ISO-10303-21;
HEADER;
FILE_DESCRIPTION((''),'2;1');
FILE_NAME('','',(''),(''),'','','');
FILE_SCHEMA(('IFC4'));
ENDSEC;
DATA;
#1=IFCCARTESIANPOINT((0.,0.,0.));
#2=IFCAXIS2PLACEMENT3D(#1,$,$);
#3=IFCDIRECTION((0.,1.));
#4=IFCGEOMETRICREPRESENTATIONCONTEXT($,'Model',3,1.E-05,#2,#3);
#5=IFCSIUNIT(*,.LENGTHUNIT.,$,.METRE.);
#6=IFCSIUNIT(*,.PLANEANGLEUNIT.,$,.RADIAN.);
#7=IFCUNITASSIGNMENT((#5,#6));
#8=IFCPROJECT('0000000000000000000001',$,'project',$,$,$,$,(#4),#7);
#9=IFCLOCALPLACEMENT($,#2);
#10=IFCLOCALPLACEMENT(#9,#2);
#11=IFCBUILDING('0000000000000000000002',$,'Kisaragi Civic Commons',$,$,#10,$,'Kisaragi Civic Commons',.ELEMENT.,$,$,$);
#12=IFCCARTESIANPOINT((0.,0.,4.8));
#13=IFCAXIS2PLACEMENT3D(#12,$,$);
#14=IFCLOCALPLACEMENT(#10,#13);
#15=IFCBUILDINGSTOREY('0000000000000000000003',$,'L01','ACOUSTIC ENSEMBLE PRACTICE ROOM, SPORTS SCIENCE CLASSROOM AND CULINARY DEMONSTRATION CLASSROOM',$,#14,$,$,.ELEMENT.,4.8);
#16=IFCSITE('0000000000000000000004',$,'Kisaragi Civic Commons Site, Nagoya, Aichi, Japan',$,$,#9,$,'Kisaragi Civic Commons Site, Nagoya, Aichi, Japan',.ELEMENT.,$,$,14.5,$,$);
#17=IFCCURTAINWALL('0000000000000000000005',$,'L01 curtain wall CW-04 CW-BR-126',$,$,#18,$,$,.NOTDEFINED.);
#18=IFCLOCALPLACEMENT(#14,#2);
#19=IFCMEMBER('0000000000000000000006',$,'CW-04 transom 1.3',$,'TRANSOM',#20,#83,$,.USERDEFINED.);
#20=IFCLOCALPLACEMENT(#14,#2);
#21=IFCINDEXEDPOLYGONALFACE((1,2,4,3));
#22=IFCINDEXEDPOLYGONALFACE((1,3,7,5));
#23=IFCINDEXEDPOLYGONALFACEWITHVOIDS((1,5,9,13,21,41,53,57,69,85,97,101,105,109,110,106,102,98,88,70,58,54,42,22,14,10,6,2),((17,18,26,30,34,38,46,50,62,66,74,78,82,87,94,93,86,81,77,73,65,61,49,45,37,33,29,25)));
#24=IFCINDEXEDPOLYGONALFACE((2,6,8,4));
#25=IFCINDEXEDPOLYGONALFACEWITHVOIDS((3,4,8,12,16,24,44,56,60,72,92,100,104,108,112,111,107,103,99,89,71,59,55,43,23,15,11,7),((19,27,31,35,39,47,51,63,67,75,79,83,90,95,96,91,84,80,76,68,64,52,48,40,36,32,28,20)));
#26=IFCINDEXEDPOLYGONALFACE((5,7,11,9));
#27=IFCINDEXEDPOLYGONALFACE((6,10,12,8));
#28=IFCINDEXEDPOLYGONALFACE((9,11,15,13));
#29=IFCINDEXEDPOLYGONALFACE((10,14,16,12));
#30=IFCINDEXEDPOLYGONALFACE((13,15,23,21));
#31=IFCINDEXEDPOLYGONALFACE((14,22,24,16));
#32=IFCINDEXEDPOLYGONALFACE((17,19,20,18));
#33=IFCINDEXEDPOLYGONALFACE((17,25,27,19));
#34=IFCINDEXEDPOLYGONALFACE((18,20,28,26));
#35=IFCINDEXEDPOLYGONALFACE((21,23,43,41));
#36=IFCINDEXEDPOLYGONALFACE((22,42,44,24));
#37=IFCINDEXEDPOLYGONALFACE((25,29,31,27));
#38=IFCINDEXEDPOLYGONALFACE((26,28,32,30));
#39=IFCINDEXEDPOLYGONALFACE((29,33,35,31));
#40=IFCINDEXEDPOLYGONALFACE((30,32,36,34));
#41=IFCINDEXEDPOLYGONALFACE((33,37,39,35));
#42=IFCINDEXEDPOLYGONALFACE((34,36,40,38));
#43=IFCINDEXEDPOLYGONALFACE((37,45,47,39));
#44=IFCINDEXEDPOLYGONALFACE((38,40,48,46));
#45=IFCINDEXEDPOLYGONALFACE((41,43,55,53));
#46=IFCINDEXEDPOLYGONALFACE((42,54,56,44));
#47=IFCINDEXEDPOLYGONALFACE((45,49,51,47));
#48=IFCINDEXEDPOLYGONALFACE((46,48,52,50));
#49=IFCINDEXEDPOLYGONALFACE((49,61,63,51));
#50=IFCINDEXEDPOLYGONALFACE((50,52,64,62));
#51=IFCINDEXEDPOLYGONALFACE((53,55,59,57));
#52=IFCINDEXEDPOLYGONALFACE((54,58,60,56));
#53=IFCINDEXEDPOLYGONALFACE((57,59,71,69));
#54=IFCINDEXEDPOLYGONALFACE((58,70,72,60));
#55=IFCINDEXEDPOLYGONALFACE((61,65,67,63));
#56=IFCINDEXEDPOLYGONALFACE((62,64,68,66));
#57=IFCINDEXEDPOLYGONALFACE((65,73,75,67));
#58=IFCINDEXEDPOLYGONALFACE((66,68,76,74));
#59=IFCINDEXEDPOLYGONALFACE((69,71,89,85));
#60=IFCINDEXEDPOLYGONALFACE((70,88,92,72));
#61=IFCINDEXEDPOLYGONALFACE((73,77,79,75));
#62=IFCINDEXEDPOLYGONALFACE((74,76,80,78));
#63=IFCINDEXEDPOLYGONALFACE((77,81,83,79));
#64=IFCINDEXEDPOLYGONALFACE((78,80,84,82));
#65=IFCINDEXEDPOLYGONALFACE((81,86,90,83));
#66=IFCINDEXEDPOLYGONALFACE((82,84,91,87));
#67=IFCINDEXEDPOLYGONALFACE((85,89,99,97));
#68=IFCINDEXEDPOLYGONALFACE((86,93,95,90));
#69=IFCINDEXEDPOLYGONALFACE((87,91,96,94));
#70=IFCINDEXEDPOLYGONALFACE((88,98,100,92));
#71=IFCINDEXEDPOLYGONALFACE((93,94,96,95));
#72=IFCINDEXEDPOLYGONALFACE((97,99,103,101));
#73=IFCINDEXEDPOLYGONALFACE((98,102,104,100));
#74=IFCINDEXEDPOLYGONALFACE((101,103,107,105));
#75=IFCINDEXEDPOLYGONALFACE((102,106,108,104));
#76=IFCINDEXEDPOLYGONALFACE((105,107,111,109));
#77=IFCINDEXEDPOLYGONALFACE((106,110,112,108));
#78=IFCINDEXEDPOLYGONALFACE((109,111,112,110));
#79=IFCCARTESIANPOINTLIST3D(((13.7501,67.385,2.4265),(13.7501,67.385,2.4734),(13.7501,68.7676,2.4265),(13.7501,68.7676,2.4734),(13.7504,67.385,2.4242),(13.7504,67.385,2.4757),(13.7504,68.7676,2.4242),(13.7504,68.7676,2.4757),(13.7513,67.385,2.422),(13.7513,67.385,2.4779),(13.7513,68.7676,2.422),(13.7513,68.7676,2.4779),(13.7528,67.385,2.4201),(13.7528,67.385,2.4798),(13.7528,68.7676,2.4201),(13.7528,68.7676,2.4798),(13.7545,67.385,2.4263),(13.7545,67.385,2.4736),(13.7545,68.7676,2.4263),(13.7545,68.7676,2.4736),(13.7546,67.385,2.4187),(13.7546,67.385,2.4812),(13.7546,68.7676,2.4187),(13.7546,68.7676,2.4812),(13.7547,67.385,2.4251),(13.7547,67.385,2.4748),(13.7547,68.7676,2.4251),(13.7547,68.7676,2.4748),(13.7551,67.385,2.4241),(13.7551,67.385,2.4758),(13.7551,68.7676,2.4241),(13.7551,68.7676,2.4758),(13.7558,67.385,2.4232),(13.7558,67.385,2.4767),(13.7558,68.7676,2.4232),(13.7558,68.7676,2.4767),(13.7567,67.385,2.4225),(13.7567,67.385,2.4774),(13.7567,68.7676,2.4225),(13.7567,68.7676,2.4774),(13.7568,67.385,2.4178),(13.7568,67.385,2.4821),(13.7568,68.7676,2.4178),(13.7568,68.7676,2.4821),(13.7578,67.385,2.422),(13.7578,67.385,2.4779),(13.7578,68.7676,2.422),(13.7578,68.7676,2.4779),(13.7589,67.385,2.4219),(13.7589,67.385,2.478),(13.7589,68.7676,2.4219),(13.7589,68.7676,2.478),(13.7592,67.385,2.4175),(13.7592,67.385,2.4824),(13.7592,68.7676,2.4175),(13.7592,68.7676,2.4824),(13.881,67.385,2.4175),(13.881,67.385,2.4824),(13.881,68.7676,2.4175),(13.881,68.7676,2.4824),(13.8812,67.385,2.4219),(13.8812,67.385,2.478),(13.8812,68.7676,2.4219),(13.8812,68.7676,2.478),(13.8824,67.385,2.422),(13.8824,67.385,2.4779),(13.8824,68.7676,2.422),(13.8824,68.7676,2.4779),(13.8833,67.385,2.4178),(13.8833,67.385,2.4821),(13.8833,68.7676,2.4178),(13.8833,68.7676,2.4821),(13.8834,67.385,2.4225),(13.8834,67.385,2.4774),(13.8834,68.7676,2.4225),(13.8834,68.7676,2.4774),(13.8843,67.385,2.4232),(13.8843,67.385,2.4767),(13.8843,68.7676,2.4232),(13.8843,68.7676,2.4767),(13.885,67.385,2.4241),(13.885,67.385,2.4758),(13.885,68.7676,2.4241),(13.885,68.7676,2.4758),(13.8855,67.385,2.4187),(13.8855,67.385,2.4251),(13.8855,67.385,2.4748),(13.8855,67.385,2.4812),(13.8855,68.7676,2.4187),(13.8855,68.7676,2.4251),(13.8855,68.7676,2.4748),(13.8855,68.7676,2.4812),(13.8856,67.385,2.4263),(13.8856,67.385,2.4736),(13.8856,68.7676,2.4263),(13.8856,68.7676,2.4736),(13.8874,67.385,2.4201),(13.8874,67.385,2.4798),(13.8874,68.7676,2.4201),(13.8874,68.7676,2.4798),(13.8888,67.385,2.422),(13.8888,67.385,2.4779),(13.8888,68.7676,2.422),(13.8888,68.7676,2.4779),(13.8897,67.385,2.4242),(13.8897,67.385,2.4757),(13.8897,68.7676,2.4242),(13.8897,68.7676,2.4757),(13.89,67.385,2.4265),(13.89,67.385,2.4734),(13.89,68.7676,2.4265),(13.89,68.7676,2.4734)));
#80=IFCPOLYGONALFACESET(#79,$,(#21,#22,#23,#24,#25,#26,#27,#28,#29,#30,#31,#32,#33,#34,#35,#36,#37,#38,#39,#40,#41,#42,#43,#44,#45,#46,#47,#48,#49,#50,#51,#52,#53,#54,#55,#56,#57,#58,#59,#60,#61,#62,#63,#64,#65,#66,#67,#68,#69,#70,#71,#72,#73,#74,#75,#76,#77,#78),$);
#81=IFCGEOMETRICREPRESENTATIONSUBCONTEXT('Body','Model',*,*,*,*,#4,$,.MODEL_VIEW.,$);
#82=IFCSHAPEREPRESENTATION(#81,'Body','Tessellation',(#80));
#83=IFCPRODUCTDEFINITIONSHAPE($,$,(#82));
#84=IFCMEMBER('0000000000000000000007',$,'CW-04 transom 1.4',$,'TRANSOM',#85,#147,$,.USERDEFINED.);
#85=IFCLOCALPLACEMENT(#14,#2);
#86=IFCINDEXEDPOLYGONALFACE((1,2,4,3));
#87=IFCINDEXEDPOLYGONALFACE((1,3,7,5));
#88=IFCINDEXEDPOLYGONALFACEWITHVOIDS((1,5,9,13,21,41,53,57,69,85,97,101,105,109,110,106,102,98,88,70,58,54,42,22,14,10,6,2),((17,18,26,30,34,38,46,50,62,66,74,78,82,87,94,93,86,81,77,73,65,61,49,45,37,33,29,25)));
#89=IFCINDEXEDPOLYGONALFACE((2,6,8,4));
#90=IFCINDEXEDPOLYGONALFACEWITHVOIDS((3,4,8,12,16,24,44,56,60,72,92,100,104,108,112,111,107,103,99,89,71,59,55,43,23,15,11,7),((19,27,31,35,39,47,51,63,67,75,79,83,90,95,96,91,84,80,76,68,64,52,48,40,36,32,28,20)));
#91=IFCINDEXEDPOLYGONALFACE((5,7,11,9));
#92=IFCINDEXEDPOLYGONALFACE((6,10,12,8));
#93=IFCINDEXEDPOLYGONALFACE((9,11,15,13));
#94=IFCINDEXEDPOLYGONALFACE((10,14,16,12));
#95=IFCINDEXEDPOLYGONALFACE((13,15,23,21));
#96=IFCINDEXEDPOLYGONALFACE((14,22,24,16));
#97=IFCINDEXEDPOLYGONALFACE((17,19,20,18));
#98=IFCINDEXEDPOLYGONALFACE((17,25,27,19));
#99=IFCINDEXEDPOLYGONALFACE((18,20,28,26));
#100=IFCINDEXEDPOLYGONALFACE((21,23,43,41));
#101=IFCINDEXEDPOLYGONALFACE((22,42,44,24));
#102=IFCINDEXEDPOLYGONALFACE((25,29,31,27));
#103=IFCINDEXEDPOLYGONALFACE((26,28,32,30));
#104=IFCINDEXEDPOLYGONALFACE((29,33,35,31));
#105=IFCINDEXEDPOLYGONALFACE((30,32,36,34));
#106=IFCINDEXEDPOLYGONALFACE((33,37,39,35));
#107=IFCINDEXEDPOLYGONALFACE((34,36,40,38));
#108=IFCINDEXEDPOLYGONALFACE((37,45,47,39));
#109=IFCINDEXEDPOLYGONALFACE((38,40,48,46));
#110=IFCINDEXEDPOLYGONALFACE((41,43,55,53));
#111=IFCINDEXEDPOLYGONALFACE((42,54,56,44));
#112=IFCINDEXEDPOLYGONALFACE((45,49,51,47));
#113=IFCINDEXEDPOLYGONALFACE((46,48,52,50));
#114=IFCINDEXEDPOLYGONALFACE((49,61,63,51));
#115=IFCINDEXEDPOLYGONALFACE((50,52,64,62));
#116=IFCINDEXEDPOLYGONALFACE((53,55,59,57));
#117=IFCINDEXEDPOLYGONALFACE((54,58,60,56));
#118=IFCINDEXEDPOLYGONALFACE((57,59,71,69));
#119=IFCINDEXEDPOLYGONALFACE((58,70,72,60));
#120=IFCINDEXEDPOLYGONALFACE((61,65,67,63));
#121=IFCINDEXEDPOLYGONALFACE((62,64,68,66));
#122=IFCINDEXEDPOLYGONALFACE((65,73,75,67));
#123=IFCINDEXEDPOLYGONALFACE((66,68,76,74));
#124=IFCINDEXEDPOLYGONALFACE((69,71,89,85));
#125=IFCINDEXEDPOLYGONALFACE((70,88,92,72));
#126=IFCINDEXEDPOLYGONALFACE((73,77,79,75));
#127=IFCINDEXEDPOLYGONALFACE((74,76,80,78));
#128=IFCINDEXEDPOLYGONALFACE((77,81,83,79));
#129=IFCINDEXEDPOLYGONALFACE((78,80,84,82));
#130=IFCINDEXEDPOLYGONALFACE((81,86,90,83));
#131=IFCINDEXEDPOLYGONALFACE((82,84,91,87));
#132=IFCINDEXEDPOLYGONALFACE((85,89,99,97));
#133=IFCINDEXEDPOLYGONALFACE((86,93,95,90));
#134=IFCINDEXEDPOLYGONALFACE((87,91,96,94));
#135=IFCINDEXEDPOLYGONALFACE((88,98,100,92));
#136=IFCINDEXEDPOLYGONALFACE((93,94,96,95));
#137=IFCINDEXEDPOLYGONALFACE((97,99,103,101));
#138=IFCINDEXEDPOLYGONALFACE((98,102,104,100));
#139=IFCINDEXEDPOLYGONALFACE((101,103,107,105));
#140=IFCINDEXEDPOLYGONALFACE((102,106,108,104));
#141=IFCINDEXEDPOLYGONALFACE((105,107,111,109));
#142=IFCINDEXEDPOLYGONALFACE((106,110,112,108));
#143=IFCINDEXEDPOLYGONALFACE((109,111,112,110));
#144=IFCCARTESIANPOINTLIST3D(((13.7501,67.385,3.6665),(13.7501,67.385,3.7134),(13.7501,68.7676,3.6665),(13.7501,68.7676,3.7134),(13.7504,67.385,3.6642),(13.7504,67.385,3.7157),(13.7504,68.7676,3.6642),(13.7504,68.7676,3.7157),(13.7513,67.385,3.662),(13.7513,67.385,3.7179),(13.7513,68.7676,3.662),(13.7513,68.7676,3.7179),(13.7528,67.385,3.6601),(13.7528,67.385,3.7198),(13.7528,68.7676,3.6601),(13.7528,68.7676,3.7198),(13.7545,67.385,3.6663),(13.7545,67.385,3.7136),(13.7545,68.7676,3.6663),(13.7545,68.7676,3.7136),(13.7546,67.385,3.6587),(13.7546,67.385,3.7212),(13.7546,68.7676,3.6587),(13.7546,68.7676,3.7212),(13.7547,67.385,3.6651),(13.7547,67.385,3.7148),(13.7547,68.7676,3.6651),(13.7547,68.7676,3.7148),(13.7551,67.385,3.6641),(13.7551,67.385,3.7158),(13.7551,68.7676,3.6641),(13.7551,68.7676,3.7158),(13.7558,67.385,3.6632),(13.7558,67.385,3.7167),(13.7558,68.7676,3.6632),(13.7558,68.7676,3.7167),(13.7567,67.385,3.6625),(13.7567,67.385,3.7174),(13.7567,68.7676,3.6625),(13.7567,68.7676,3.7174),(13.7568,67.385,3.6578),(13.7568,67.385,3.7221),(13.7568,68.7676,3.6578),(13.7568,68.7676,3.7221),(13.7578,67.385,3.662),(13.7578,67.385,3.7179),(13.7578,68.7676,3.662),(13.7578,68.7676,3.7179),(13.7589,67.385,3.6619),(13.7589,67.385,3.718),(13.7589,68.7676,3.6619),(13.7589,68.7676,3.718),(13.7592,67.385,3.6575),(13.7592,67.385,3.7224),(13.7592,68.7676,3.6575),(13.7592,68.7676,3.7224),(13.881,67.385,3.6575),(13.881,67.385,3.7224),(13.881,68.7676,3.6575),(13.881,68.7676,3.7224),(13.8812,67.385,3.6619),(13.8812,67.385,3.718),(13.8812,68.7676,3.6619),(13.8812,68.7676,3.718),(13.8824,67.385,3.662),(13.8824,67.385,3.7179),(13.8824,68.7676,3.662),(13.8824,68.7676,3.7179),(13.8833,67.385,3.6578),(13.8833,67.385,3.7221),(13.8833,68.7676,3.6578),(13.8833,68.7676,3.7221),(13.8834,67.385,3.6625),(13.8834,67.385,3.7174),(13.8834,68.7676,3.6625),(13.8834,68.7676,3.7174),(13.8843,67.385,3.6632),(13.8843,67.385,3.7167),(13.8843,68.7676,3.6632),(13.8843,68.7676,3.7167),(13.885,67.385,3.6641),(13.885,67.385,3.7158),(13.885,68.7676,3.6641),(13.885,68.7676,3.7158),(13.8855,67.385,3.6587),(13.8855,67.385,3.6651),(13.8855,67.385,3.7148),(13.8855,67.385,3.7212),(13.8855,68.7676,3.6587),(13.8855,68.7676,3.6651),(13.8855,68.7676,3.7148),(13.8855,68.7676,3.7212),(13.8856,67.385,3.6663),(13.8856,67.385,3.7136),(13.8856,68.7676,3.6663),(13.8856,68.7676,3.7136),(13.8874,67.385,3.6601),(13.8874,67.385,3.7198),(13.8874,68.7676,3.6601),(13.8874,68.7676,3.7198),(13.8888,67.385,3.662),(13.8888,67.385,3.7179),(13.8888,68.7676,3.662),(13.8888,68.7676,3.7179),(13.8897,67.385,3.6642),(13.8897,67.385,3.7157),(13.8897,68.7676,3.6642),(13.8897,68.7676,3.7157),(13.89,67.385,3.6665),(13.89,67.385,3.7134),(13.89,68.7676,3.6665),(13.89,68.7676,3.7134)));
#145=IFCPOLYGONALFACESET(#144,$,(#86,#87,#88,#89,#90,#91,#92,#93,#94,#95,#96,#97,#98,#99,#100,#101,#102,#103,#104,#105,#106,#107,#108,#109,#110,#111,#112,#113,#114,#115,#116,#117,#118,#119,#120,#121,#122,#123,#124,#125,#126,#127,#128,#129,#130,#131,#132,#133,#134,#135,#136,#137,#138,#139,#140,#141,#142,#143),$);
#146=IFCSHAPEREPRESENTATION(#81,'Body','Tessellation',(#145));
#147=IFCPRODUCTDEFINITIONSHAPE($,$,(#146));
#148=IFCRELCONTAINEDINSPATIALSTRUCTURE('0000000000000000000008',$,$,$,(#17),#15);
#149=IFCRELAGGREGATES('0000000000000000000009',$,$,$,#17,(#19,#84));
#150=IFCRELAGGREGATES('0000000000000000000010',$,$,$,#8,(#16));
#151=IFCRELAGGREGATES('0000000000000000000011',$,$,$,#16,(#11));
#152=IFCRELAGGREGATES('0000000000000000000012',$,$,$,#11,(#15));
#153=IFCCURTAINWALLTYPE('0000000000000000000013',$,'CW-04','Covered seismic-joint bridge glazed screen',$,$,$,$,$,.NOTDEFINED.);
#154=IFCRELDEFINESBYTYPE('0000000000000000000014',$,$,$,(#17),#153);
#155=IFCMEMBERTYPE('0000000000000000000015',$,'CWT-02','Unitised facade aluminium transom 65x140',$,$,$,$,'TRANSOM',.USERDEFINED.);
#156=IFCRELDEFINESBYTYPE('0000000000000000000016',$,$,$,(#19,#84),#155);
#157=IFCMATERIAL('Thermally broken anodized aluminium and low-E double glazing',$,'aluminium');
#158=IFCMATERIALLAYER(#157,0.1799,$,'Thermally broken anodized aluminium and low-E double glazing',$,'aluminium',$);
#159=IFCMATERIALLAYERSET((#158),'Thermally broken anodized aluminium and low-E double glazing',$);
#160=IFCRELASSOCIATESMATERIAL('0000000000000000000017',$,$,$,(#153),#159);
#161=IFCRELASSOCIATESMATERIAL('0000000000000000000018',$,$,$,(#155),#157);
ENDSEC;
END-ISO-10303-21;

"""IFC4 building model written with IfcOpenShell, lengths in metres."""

from ifc_helpers import new_model, si_unit, direction, frame, origin, origin_2d, place, context, subcontext, project, spatial, hollow_rectangle, extrude, material, layer, layer_set, material_profile, profile_set, type_object, element, aggregate, save


model = new_model("IFC4")

# Units and contexts
model_context = context("Model", 3, precision=1e-05, world=origin(), true_north=direction((0.0, 1.0)))
body_context = subcontext(model_context, "Body", "Model", "MODEL_VIEW")
ifc_project = project(units=[si_unit("LENGTHUNIT", "METRE"), si_unit("PLANEANGLEUNIT", "RADIAN")], contexts=[model_context])

# Site, building, storey
site_placement = place(None, origin())
site = spatial("IfcSite", under=ifc_project, at=site_placement, Name="Kisaragi Civic Commons Site, Nagoya, Aichi, Japan", LongName="Kisaragi Civic Commons Site, Nagoya, Aichi, Japan", CompositionType="ELEMENT", RefElevation=14.5)
building_placement = place(site_placement, origin())
building = spatial("IfcBuilding", under=site, at=building_placement, Name="Kisaragi Civic Commons", LongName="Kisaragi Civic Commons", CompositionType="ELEMENT")
storey_placement = place(building_placement, frame((0.0, 0.0, 4.8)))
storey = spatial("IfcBuildingStorey", under=building, at=storey_placement, Name="L01", Description="ACOUSTIC ENSEMBLE PRACTICE ROOM, SPORTS SCIENCE CLASSROOM AND CULINARY DEMONSTRATION CLASSROOM", CompositionType="ELEMENT", Elevation=4.8)

# Shared definitions
ifc_material_1 = material(Name="Thermally broken anodized aluminium and low-E double glazing", Category="aluminium")
ifc_layer_1 = layer(ifc_material_1, 0.1799, Name="Thermally broken anodized aluminium and low-E double glazing", Category="aluminium")
ifc_layer_set_1 = layer_set([ifc_layer_1], Name="Thermally broken anodized aluminium and low-E double glazing")
curtain_wall_type = type_object("IfcCurtainWallType", Name="CW-04", Description="Covered seismic-joint bridge glazed screen", PredefinedType="NOTDEFINED", material=ifc_layer_set_1)

# Curtain wall
curtain_wall_1_placement = place(storey_placement, origin())
curtain_wall_1 = element("IfcCurtainWall", 1, at=curtain_wall_1_placement, inside=storey, type_object=curtain_wall_type, Name="L01 curtain wall CW-04 CW-BR-126", PredefinedType="NOTDEFINED")

# Members
ifc_material_profile_1 = material_profile(ifc_material_1, hollow_rectangle(XDim=0.1399, YDim=0.0649, WallThickness=0.0044, InnerFilletRadius=0.0044, OuterFilletRadius=0.009, at=origin_2d()), Name="CWT-65x140x4.5", Category="aluminium")
ifc_profile_set_1 = profile_set([ifc_material_profile_1], Name="Thermally broken anodized aluminium and low-E double glazing")
member_type_1 = type_object("IfcMemberType", Name="CWT-02", Description="Unitised facade aluminium transom 65x140", ElementType="TRANSOM", PredefinedType="USERDEFINED", material=ifc_profile_set_1)
member_1_placement = place(storey_placement, frame((13.8201, 67.385, 2.45), z_axis=(0.0, 1.0, 0.0), x_axis=(-1.0, 0.0, 0.0)))
member_1 = element("IfcMember", 2, at=member_1_placement, type_object=member_type_1, Name="CW-04 transom 1.3", ObjectType="TRANSOM", PredefinedType="USERDEFINED", context=body_context, shape_type="SweptSolid", body=[
    extrude(hollow_rectangle(XDim=0.1399, YDim=0.0649, WallThickness=0.0044, InnerFilletRadius=0.0044, OuterFilletRadius=0.009, at=origin_2d()), origin(), (0.0, 0.0, 1.0), 1.3826),
])
member_2_placement = place(storey_placement, frame((13.8201, 67.385, 3.6899), z_axis=(0.0, 1.0, 0.0), x_axis=(-1.0, 0.0, 0.0)))
member_2 = element("IfcMember", 3, at=member_2_placement, type_object=member_type_1, Name="CW-04 transom 1.4", ObjectType="TRANSOM", PredefinedType="USERDEFINED", context=body_context, shape_type="SweptSolid", body=[
    extrude(hollow_rectangle(XDim=0.1399, YDim=0.0649, WallThickness=0.0044, InnerFilletRadius=0.0044, OuterFilletRadius=0.009, at=origin_2d()), origin(), (0.0, 0.0, 1.0), 1.3826),
])

aggregate(curtain_wall_1, [member_1, member_2])

save(model, "model.ifc")
